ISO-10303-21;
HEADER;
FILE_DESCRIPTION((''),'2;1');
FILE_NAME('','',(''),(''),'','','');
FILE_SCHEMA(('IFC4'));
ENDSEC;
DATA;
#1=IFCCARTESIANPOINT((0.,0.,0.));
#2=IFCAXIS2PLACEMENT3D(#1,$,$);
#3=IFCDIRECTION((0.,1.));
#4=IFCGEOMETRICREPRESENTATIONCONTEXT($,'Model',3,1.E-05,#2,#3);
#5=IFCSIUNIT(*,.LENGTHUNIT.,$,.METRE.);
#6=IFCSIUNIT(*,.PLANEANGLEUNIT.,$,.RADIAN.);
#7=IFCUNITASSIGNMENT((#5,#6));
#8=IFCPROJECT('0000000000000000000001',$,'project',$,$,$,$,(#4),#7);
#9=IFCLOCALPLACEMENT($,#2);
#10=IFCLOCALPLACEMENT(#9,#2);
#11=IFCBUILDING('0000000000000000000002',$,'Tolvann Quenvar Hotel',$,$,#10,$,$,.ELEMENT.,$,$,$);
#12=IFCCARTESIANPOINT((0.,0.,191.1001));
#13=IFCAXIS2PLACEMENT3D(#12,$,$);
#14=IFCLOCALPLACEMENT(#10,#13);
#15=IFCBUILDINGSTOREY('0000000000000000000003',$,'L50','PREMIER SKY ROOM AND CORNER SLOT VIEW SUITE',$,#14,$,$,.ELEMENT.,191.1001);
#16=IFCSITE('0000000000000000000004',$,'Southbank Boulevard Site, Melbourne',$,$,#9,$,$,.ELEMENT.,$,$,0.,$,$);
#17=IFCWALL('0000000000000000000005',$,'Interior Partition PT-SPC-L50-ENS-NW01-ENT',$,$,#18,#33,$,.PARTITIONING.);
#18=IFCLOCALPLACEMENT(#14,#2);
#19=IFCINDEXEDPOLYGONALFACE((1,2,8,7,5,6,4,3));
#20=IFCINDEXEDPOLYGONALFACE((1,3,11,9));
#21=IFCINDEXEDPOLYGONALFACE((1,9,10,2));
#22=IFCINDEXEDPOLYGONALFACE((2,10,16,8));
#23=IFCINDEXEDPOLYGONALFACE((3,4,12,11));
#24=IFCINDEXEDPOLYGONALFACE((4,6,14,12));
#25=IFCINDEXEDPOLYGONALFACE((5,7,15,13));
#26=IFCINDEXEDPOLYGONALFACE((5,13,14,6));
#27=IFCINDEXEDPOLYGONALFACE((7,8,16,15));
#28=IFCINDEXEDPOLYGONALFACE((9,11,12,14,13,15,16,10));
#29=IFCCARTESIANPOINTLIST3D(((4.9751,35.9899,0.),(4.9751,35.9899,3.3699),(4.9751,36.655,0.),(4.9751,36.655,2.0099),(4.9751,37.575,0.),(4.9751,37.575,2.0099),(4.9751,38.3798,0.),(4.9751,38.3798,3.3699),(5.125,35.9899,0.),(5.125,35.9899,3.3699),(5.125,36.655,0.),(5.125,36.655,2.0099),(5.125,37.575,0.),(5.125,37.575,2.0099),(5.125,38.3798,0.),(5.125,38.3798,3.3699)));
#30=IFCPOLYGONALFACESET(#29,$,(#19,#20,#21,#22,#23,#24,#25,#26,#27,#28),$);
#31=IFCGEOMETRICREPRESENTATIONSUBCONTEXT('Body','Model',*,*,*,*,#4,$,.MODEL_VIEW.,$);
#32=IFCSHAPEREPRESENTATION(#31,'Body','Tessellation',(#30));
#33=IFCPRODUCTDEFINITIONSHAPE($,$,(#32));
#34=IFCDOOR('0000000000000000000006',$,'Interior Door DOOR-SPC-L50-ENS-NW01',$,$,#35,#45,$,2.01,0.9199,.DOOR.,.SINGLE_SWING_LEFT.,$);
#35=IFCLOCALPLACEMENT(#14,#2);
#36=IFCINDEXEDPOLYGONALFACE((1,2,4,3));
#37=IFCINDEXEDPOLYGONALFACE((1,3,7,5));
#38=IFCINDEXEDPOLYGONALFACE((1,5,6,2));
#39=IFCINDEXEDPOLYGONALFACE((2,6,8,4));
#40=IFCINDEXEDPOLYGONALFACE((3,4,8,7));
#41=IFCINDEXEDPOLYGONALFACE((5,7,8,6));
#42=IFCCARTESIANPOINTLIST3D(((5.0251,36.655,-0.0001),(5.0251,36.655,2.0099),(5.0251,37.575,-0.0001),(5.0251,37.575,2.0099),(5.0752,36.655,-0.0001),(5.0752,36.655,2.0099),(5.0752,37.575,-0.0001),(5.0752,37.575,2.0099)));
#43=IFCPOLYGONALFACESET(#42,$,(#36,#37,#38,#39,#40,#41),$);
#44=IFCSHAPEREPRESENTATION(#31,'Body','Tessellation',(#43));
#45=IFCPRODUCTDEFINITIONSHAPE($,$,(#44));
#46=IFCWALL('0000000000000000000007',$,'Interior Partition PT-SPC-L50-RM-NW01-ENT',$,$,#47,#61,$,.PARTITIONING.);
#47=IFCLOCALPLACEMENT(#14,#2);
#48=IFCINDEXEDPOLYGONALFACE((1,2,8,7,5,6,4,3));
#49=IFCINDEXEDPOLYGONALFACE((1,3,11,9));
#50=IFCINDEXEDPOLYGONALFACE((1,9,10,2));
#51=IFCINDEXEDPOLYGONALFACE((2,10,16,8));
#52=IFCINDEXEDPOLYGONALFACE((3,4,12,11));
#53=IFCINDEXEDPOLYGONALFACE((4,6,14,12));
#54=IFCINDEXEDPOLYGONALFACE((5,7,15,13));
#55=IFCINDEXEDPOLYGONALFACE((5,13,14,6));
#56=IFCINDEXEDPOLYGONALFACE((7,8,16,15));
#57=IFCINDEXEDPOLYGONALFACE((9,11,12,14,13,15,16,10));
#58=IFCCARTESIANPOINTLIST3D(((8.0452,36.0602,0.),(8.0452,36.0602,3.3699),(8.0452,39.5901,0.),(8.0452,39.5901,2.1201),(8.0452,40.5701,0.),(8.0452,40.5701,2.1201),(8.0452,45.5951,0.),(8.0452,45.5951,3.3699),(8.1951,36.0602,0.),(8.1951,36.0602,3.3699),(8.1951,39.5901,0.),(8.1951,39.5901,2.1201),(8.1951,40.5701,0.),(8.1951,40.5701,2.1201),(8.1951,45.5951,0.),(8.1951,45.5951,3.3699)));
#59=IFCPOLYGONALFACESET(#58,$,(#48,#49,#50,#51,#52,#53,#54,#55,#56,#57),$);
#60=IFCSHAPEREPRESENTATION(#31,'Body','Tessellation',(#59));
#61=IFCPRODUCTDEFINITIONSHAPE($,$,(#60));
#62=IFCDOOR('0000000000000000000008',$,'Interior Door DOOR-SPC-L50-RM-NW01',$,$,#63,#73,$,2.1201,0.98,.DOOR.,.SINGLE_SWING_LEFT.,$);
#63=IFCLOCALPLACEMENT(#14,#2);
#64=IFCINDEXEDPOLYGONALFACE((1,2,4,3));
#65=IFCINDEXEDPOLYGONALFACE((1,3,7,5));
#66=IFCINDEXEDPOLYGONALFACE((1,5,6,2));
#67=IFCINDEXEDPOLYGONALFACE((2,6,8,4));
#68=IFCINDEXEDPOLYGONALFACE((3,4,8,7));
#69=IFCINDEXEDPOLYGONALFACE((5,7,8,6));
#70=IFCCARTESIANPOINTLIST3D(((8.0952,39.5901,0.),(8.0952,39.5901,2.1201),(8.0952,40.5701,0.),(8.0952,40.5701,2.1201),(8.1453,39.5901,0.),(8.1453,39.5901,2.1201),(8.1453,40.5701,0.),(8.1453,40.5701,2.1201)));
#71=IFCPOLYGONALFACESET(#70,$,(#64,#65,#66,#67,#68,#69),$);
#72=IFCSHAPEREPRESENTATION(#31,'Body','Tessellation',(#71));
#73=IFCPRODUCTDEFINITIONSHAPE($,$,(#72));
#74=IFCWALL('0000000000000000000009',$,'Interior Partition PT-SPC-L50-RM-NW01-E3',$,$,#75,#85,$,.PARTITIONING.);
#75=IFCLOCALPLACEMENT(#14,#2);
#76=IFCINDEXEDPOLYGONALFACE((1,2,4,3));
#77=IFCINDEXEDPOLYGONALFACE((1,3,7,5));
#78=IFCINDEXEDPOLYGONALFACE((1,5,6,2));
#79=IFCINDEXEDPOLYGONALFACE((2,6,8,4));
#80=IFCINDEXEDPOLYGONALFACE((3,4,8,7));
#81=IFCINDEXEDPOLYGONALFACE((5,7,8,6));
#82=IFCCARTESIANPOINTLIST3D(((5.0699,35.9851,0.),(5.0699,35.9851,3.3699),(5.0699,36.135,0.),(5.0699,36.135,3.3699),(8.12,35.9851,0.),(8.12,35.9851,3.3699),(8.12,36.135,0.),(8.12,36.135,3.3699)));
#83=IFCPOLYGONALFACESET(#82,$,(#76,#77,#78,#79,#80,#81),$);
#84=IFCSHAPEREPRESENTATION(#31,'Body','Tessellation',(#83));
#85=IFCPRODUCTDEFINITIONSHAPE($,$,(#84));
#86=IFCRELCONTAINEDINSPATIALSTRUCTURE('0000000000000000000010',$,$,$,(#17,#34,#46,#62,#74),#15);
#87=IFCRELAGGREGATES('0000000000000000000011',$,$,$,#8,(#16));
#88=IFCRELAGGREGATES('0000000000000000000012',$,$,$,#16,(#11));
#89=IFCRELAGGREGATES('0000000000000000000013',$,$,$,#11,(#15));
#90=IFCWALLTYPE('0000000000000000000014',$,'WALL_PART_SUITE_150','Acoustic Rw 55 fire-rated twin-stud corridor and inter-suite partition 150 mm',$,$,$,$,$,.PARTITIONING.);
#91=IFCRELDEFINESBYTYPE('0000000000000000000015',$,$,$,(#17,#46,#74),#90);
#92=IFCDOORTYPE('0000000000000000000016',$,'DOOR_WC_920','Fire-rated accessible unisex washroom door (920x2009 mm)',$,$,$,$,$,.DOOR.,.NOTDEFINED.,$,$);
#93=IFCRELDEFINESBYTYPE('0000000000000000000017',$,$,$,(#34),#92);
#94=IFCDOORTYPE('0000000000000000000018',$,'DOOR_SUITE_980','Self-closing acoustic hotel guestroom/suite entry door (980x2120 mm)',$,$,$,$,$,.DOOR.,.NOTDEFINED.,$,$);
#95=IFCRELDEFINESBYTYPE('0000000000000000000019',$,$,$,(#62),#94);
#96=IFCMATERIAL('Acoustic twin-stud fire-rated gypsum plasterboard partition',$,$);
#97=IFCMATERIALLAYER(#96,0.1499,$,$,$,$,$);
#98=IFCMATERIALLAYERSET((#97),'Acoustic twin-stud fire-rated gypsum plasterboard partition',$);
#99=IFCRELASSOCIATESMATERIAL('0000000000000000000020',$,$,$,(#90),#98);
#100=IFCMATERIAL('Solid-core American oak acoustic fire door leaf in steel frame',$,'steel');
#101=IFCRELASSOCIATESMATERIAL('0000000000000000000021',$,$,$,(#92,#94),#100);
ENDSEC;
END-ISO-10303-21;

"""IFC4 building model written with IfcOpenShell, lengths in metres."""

from ifc_helpers import new_model, si_unit, direction, frame, frame_2d, origin, place, context, subcontext, project, spatial, rectangle, extrude, source, transform, mapped, material, layer, layer_set, type_object, type_shapes, element, fill, save


model = new_model("IFC4")

# Units and contexts
model_context = context("Model", 3, precision=1e-05, world=origin(), true_north=direction((0.0, 1.0)))
body_context = subcontext(model_context, "Body", "Model", "MODEL_VIEW")
ifc_project = project(units=[si_unit("LENGTHUNIT", "METRE"), si_unit("PLANEANGLEUNIT", "RADIAN")], contexts=[model_context])

# Site, building, storey
site_placement = place(None, origin())
site = spatial("IfcSite", under=ifc_project, at=site_placement, Name="Southbank Boulevard Site, Melbourne", CompositionType="ELEMENT", RefElevation=0.0)
building_placement = place(site_placement, origin())
building = spatial("IfcBuilding", under=site, at=building_placement, Name="Tolvann Quenvar Hotel", CompositionType="ELEMENT")
storey_placement = place(building_placement, frame((0.0, 0.0, 191.1001)))
storey = spatial("IfcBuildingStorey", under=building, at=storey_placement, Name="L50", Description="PREMIER SKY ROOM AND CORNER SLOT VIEW SUITE", CompositionType="ELEMENT", Elevation=191.1001)

# Shared definitions
ifc_material_1 = material(Name="Solid-core American oak acoustic fire door leaf in steel frame", Category="steel")

# Shared definitions
ifc_material_2 = material(Name="Acoustic twin-stud fire-rated gypsum plasterboard partition")

# Walls, openings, doors
ifc_layer_1 = layer(ifc_material_2, 0.1499)
ifc_layer_set_1 = layer_set([ifc_layer_1], Name="Acoustic twin-stud fire-rated gypsum plasterboard partition")
wall_type_1 = type_object("IfcWallType", Name="WALL_PART_SUITE_150", Description="Acoustic Rw 55 fire-rated twin-stud corridor and inter-suite partition 150 mm", PredefinedType="PARTITIONING", material=ifc_layer_set_1)
wall_1_placement = place(storey_placement, frame((5.05, 35.99, 0.0), z_axis=(0.0, 0.0, 1.0), x_axis=(0.0, 1.0, 0.0)))
wall_1 = element("IfcWall", 1, at=wall_1_placement, inside=storey, type_object=wall_type_1, Name="Interior Partition PT-SPC-L50-ENS-NW01-ENT", PredefinedType="PARTITIONING", context=body_context, shape_type="SweptSolid", body=[
    extrude(rectangle(XDim=2.3899, YDim=0.1499, at=frame_2d((1.1948, 0.0))), origin(), (0.0, 0.0, 1.0), 3.3699),
])
opening_1_placement = place(wall_1_placement, frame((0.665, 0.0, 0.0)))
opening_1 = element("IfcOpeningElement", 2, at=opening_1_placement, cuts=wall_1, PredefinedType="OPENING", context=body_context, shape_type="SweptSolid", body=[
    extrude(rectangle(XDim=0.9199, YDim=2.01, at=frame_2d((0.46, 1.0049))), frame((0.0, 0.085, 0.0), z_axis=(0.0, -1.0, 0.0), x_axis=(1.0, 0.0, 0.0)), (0.0, 0.0, 1.0), 0.1699),
])
door_type_1 = type_object("IfcDoorType", Name="DOOR_WC_920", Description="Fire-rated accessible unisex washroom door (920x2009 mm)", OperationType="NOTDEFINED", PredefinedType="DOOR", material=ifc_material_1)
shared_shape_1 = source(origin(), body_context, "Body", "SweptSolid", [
    extrude(rectangle(XDim=0.9199, YDim=2.01, at=frame_2d((0.46, 1.0049))), frame((0.0, 0.0249, 0.0), z_axis=(0.0, -1.0, 0.0), x_axis=(1.0, 0.0, 0.0)), (0.0, 0.0, 1.0), 0.05),
])
type_shapes(door_type_1, [shared_shape_1])
door_1_placement = place(opening_1_placement, origin())
door_1 = element("IfcDoor", 3, at=door_1_placement, inside=storey, type_object=door_type_1, Name="Interior Door DOOR-SPC-L50-ENS-NW01", OperationType="SINGLE_SWING_LEFT", OverallHeight=2.01, OverallWidth=0.9199, PredefinedType="DOOR", context=body_context, shape_type="MappedRepresentation", body=[
    mapped(shared_shape_1, transform((0.0, 0.0, 0.0), x_axis=(1.0, 0.0, 0.0), y_axis=(0.0, 1.0, 0.0), z_axis=(0.0, 0.0, 1.0), scale=1.0)),
])
fill(opening_1, door_1)
wall_2_placement = place(storey_placement, frame((8.1201, 36.0601, 0.0), z_axis=(0.0, 0.0, 1.0), x_axis=(0.0, 1.0, 0.0)))
wall_2 = element("IfcWall", 4, at=wall_2_placement, inside=storey, type_object=wall_type_1, Name="Interior Partition PT-SPC-L50-RM-NW01-ENT", PredefinedType="PARTITIONING", context=body_context, shape_type="SweptSolid", body=[
    extrude(rectangle(XDim=9.5349, YDim=0.1499, at=frame_2d((4.7676, 0.0))), origin(), (0.0, 0.0, 1.0), 3.3699),
])
opening_2_placement = place(wall_2_placement, frame((3.53, 0.0, 0.0)))
opening_2 = element("IfcOpeningElement", 5, at=opening_2_placement, cuts=wall_2, PredefinedType="OPENING", context=body_context, shape_type="SweptSolid", body=[
    extrude(rectangle(XDim=0.98, YDim=2.1201, at=frame_2d((0.49, 1.0601))), frame((0.0, 0.085, 0.0), z_axis=(0.0, -1.0, 0.0), x_axis=(1.0, 0.0, 0.0)), (0.0, 0.0, 1.0), 0.1699),
])
door_type_2 = type_object("IfcDoorType", Name="DOOR_SUITE_980", Description="Self-closing acoustic hotel guestroom/suite entry door (980x2120 mm)", OperationType="NOTDEFINED", PredefinedType="DOOR", material=ifc_material_1)
shared_shape_2 = source(origin(), body_context, "Body", "SweptSolid", [
    extrude(rectangle(XDim=0.98, YDim=2.1201, at=frame_2d((0.49, 1.0601))), frame((0.0, 0.0249, 0.0), z_axis=(0.0, -1.0, 0.0), x_axis=(1.0, 0.0, 0.0)), (0.0, 0.0, 1.0), 0.05),
])
type_shapes(door_type_2, [shared_shape_2])
door_2_placement = place(opening_2_placement, origin())
door_2 = element("IfcDoor", 6, at=door_2_placement, inside=storey, type_object=door_type_2, Name="Interior Door DOOR-SPC-L50-RM-NW01", OperationType="SINGLE_SWING_LEFT", OverallHeight=2.1201, OverallWidth=0.98, PredefinedType="DOOR", context=body_context, shape_type="MappedRepresentation", body=[
    mapped(shared_shape_2, transform((0.0, 0.0, 0.0), x_axis=(1.0, 0.0, 0.0), y_axis=(0.0, 1.0, 0.0), z_axis=(0.0, 0.0, 1.0), scale=1.0)),
])
fill(opening_2, door_2)

# Wall
wall_3_placement = place(storey_placement, frame((5.0701, 36.0601, 0.0), z_axis=(0.0, 0.0, 1.0), x_axis=(1.0, 0.0, 0.0)))
element("IfcWall", 7, at=wall_3_placement, inside=storey, type_object=wall_type_1, Name="Interior Partition PT-SPC-L50-RM-NW01-E3", PredefinedType="PARTITIONING", context=body_context, shape_type="SweptSolid", body=[
    extrude(rectangle(XDim=3.05, YDim=0.1499, at=frame_2d((1.5249, 0.0))), origin(), (0.0, 0.0, 1.0), 3.3699),
])

save(model, "model.ifc")
